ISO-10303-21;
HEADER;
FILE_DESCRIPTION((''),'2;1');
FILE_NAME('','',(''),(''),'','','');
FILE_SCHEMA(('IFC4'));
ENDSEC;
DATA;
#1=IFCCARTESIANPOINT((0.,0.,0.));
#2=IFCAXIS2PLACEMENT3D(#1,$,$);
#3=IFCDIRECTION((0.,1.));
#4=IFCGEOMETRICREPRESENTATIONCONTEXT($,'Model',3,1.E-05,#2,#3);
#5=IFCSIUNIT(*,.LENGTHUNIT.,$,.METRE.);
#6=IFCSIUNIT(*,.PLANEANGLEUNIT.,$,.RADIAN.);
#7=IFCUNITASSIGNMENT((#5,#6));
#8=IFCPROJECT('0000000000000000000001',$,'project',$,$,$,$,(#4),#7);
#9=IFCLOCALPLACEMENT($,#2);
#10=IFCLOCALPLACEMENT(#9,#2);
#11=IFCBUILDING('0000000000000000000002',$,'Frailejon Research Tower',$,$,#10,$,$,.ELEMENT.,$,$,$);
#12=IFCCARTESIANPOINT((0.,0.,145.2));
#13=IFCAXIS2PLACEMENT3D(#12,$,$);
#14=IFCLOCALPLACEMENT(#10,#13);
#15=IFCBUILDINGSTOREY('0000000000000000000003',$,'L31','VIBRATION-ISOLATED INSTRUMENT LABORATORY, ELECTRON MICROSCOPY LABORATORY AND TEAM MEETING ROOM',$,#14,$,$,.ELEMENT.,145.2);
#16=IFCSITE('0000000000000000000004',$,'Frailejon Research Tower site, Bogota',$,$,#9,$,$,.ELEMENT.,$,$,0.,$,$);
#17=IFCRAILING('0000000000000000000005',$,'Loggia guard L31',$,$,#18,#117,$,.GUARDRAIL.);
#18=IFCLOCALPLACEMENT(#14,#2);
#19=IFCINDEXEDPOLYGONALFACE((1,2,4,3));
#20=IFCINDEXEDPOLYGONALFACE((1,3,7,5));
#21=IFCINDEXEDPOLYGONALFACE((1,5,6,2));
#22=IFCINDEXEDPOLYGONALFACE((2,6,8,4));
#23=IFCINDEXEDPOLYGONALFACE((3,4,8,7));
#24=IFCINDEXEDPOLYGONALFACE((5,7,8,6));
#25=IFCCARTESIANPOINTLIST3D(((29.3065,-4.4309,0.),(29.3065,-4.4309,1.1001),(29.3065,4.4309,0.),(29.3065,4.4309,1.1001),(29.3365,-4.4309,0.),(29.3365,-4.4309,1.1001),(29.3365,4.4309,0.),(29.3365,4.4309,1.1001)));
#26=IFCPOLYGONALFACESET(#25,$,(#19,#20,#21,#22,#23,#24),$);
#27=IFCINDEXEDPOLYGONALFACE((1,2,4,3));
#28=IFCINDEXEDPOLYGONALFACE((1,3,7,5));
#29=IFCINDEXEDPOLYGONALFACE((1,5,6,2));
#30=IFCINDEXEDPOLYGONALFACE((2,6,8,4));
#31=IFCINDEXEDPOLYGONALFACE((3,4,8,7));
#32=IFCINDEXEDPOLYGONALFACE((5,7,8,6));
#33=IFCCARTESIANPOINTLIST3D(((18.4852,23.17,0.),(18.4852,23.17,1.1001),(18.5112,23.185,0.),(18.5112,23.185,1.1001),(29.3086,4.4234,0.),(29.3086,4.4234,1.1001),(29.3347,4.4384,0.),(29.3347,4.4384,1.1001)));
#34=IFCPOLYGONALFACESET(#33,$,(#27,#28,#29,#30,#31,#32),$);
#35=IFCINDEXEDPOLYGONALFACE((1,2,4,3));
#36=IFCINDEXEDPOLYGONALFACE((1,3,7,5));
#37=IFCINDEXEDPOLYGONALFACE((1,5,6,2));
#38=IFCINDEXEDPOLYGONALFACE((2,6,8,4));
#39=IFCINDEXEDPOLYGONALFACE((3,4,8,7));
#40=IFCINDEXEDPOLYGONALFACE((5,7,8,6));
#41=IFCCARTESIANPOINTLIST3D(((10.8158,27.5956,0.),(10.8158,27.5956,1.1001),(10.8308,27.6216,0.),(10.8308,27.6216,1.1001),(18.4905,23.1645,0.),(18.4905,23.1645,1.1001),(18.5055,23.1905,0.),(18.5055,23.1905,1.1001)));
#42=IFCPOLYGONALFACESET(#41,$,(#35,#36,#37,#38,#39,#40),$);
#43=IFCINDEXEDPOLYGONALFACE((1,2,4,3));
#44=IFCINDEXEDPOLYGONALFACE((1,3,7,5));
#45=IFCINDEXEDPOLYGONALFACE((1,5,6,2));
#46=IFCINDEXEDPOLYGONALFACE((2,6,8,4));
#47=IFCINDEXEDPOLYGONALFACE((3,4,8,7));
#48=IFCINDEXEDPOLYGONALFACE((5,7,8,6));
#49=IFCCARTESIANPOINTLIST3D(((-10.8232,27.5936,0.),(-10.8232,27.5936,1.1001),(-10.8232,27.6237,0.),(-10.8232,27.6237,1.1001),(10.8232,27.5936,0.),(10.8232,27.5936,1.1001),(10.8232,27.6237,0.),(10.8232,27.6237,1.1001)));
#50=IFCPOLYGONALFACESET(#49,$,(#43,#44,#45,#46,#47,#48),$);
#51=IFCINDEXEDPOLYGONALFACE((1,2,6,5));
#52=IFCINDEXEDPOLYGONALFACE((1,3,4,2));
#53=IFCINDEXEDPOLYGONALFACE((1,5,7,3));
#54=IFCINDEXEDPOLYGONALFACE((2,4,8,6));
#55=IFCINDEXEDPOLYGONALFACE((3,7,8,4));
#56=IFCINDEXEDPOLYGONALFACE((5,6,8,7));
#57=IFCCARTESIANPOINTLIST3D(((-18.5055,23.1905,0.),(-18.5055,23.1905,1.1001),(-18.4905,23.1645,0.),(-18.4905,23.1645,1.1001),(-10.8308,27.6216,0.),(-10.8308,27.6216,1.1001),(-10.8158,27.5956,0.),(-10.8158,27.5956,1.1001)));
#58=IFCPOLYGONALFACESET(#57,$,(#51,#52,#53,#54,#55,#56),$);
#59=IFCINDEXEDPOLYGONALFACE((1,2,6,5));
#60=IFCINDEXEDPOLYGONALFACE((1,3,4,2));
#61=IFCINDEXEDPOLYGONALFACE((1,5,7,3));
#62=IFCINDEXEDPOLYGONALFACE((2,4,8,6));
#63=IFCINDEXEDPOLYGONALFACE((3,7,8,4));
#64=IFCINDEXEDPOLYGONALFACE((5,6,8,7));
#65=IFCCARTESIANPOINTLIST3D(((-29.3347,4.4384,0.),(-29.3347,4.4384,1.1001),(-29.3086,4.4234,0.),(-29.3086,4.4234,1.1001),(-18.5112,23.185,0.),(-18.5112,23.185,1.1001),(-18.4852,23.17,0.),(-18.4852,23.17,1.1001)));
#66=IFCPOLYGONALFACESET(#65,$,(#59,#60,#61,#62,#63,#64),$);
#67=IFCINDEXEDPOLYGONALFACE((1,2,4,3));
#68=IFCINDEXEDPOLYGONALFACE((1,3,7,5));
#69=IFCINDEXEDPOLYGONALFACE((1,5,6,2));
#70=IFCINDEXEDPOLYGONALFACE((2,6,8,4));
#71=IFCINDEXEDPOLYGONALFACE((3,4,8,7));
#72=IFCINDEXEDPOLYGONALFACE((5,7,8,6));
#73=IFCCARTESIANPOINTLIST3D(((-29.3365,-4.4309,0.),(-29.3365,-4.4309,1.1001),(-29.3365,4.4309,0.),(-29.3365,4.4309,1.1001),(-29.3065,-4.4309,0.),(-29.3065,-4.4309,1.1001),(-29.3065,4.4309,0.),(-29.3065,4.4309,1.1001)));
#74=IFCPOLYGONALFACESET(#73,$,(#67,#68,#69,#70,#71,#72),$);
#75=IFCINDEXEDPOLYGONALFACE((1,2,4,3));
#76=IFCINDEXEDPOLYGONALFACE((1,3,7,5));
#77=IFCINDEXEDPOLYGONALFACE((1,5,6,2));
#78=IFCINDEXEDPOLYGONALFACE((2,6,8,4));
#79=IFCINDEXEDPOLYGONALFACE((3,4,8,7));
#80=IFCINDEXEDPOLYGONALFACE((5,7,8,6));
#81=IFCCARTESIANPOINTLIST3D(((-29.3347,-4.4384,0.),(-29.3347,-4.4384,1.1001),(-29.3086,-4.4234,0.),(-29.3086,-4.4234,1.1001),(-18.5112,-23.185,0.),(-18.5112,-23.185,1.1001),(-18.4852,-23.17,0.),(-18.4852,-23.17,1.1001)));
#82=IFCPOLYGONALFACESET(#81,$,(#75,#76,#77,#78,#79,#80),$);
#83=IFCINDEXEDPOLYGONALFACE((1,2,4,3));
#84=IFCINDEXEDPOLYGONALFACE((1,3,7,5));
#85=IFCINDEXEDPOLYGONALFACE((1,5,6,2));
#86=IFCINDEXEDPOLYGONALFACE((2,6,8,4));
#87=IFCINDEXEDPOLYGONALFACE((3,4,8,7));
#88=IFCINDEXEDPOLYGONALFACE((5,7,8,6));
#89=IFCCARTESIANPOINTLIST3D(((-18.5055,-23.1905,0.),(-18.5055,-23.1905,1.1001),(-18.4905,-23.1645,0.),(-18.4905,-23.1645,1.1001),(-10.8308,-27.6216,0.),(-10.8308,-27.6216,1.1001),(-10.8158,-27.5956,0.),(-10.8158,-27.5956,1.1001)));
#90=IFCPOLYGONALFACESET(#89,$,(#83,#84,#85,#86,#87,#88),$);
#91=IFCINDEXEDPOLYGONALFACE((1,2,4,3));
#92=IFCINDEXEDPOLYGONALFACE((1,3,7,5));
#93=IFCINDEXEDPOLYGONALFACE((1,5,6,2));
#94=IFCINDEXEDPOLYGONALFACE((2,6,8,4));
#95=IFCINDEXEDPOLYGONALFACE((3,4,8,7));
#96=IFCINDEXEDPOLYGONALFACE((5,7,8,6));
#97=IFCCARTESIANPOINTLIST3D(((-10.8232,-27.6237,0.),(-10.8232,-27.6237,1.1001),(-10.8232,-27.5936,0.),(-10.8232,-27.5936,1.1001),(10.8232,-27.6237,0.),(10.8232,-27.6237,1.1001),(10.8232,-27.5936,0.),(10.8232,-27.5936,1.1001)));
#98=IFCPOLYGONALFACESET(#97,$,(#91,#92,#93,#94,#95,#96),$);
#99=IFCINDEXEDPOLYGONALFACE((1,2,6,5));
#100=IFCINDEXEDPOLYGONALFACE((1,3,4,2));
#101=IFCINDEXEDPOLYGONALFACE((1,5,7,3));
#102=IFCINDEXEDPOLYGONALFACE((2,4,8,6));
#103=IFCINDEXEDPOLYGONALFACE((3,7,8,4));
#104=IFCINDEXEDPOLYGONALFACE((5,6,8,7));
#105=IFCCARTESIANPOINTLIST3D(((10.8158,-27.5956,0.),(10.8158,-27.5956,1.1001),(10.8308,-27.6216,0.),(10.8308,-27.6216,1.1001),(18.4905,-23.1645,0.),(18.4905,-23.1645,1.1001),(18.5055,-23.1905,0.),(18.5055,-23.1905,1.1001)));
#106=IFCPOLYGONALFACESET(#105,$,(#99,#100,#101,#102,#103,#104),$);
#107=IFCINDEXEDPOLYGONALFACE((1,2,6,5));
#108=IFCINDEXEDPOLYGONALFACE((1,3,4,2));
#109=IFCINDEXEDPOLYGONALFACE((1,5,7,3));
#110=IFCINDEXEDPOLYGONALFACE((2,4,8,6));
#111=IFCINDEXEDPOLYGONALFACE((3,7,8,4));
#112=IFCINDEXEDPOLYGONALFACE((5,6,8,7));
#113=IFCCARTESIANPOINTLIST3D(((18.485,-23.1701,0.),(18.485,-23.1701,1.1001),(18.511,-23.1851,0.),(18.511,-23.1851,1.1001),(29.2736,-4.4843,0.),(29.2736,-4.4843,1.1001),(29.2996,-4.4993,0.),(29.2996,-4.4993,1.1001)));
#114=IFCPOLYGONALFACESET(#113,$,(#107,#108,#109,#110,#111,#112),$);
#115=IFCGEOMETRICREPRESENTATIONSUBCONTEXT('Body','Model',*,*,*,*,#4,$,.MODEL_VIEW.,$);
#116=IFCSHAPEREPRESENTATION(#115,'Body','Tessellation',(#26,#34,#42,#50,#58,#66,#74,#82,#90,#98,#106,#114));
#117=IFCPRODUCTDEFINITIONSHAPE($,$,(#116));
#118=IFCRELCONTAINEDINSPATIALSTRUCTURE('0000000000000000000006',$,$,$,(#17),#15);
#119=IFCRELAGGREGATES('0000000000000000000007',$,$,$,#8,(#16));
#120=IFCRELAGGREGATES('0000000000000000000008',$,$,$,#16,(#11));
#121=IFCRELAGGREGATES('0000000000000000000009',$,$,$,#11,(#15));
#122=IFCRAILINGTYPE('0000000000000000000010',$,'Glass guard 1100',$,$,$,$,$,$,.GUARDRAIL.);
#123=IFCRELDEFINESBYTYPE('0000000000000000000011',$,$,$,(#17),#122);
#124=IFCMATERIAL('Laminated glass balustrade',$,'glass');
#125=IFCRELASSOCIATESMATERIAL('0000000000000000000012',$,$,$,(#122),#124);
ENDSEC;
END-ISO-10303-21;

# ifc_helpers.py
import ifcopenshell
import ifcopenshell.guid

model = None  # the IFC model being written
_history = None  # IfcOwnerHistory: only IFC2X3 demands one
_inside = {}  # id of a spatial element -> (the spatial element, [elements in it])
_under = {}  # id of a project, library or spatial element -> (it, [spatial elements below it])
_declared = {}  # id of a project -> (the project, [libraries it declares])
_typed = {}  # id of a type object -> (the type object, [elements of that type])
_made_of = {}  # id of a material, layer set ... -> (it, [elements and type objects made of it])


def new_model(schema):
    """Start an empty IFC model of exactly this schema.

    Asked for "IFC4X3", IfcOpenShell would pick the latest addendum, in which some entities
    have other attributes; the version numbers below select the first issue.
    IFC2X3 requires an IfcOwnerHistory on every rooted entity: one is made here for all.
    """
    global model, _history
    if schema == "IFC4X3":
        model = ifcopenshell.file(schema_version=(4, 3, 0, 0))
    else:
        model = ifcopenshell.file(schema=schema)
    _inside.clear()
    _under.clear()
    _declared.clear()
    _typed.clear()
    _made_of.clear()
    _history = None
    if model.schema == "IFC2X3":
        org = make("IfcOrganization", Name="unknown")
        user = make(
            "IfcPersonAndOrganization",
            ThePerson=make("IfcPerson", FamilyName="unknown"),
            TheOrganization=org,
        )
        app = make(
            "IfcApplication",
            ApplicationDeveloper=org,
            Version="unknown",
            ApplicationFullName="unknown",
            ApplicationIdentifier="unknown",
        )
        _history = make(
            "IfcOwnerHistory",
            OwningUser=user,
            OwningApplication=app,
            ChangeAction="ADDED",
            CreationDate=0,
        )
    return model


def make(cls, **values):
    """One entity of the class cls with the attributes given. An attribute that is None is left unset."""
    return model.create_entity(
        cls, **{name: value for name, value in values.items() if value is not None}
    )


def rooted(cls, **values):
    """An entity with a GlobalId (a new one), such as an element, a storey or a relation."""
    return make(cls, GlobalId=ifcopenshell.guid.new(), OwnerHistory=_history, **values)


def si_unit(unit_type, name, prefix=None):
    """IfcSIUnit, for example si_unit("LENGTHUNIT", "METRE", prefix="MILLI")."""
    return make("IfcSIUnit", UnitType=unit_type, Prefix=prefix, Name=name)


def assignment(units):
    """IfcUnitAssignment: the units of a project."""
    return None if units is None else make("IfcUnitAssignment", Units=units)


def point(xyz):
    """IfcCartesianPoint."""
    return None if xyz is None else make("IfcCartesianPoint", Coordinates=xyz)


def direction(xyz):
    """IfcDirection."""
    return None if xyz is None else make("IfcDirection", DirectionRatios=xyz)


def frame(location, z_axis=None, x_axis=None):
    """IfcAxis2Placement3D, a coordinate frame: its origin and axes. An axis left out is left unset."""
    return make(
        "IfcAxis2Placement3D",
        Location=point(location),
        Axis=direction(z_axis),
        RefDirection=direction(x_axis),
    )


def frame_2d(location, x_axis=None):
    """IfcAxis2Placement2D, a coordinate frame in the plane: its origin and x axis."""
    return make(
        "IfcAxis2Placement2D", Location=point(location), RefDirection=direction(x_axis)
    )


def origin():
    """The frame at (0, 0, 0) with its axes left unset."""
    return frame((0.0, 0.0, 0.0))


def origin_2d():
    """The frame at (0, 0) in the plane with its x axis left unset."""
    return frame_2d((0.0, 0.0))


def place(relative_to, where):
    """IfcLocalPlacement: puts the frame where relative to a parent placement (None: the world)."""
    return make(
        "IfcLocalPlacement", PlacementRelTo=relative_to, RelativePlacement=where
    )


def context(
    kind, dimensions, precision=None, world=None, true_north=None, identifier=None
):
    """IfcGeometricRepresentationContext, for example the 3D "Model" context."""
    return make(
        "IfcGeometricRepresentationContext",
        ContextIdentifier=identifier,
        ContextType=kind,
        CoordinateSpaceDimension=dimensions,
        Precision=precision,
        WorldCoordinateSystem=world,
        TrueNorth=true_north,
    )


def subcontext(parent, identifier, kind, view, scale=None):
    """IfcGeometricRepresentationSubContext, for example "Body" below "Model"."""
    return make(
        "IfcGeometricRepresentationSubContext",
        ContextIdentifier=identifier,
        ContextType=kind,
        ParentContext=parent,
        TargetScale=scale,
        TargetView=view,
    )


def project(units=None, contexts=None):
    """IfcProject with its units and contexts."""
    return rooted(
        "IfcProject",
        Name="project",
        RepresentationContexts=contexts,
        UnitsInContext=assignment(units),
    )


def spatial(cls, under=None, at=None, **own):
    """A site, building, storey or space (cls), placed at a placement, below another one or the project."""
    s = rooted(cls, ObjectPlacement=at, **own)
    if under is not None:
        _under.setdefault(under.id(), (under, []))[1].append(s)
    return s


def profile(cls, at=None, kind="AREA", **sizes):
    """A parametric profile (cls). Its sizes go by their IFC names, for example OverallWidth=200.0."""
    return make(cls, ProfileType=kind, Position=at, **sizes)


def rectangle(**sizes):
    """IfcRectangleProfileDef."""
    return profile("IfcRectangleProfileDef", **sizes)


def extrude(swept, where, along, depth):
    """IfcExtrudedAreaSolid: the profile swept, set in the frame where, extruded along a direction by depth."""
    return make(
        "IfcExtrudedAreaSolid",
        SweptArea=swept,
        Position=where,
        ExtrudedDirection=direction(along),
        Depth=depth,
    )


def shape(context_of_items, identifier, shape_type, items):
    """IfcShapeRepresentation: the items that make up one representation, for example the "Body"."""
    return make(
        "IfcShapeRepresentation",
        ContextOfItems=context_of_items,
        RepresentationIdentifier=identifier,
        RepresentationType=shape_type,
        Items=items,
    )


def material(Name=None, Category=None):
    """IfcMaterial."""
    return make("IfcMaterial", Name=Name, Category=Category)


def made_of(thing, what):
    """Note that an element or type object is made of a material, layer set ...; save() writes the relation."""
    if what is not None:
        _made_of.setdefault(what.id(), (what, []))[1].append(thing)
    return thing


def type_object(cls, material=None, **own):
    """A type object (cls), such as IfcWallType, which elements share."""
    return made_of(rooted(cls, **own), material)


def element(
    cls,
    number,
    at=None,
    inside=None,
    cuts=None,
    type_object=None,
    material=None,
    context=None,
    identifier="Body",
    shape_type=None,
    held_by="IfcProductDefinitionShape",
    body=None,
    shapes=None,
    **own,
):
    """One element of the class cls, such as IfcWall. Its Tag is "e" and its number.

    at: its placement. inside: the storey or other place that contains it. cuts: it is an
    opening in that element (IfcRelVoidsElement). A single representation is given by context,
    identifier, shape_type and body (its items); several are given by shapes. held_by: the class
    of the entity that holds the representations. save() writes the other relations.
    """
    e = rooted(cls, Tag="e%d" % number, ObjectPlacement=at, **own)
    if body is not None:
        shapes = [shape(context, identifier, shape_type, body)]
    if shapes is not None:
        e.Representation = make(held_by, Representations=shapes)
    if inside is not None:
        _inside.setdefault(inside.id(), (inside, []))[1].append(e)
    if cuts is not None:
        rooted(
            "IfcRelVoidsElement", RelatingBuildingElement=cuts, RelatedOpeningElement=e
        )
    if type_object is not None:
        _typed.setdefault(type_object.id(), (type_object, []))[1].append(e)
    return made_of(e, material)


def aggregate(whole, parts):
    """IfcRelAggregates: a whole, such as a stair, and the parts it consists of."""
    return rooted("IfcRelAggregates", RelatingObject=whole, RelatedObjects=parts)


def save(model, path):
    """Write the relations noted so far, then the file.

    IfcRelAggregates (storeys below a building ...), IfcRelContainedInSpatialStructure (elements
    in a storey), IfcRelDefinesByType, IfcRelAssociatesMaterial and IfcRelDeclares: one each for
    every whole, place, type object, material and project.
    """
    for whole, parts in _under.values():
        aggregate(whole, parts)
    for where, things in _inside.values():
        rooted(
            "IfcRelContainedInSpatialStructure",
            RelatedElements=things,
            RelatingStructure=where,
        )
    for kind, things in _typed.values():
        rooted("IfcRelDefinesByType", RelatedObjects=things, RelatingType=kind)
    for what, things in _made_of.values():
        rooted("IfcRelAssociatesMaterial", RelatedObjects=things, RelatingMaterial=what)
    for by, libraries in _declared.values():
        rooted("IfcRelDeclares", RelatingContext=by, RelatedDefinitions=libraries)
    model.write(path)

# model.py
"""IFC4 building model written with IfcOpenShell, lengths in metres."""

from ifc_helpers import new_model, si_unit, direction, frame, origin, origin_2d, place, context, subcontext, project, spatial, rectangle, extrude, material, type_object, element, save


model = new_model("IFC4")

# Units and contexts
model_context = context("Model", 3, precision=1e-05, world=origin(), true_north=direction((0.0, 1.0)))
body_context = subcontext(model_context, "Body", "Model", "MODEL_VIEW")
ifc_project = project(units=[si_unit("LENGTHUNIT", "METRE"), si_unit("PLANEANGLEUNIT", "RADIAN")], contexts=[model_context])

# Site, building, storey
site_placement = place(None, origin())
site = spatial("IfcSite", under=ifc_project, at=site_placement, Name="Frailejon Research Tower site, Bogota", CompositionType="ELEMENT", RefElevation=0.0)
building_placement = place(site_placement, origin())
building = spatial("IfcBuilding", under=site, at=building_placement, Name="Frailejon Research Tower", CompositionType="ELEMENT")
storey_placement = place(building_placement, frame((0.0, 0.0, 145.2)))
storey = spatial("IfcBuildingStorey", under=building, at=storey_placement, Name="L31", Description="VIBRATION-ISOLATED INSTRUMENT LABORATORY, ELECTRON MICROSCOPY LABORATORY AND TEAM MEETING ROOM", CompositionType="ELEMENT", Elevation=145.2)

# Railing
ifc_material_1 = material(Name="Laminated glass balustrade", Category="glass")
railing_type = type_object("IfcRailingType", Name="Glass guard 1100", PredefinedType="GUARDRAIL", material=ifc_material_1)
railing_placement = place(storey_placement, frame((29.3215, -4.4309, 0.0)))
element("IfcRailing", 1, at=railing_placement, inside=storey, type_object=railing_type, Name="Loggia guard L31", PredefinedType="GUARDRAIL", context=body_context, shape_type="SweptSolid", body=[
    extrude(rectangle(XDim=8.8618, YDim=0.03, at=origin_2d()), frame((0.0, 4.4309, 0.0), z_axis=(0.0, 0.0, 1.0), x_axis=(0.0, 1.0, 0.0)), (0.0, 0.0, 1.0), 1.1001),
    extrude(rectangle(XDim=21.6467, YDim=0.03, at=origin_2d()), frame((-5.4116, 18.2351, 0.0), z_axis=(0.0, 0.0, 1.0), x_axis=(-0.500005, 0.866023, 0.0)), (0.0, 0.0, 1.0), 1.1001),
    extrude(rectangle(XDim=8.8621, YDim=0.03, at=origin_2d()), frame((-14.6609, 29.824, 0.0), z_axis=(0.0, 0.0, 1.0), x_axis=(-0.86602, 0.500009, 0.0)), (0.0, 0.0, 1.0), 1.1001),
    extrude(rectangle(XDim=21.6465, YDim=0.03, at=origin_2d()), frame((-29.3215, 32.0396, 0.0), z_axis=(0.0, 0.0, 1.0), x_axis=(-1.0, 0.0, 0.0)), (0.0, 0.0, 1.0), 1.1001),
    extrude(rectangle(XDim=8.8621, YDim=0.03, at=origin_2d()), frame((-43.9822, 29.824, 0.0), z_axis=(0.0, 0.0, 1.0), x_axis=(-0.86602, -0.500009, 0.0)), (0.0, 0.0, 1.0), 1.1001),
    extrude(rectangle(XDim=21.6467, YDim=0.03, at=origin_2d()), frame((-53.2314, 18.2351, 0.0), z_axis=(0.0, 0.0, 1.0), x_axis=(-0.500005, -0.866023, 0.0)), (0.0, 0.0, 1.0), 1.1001),
    extrude(rectangle(XDim=8.8618, YDim=0.03, at=origin_2d()), frame((-58.6431, 4.4309, 0.0), z_axis=(0.0, 0.0, 1.0), x_axis=(0.0, -1.0, 0.0)), (0.0, 0.0, 1.0), 1.1001),
    extrude(rectangle(XDim=21.6467, YDim=0.03, at=origin_2d()), frame((-53.2314, -9.3733, 0.0), z_axis=(0.0, 0.0, 1.0), x_axis=(0.500005, -0.866023, 0.0)), (0.0, 0.0, 1.0), 1.1001),
    extrude(rectangle(XDim=8.8621, YDim=0.03, at=origin_2d()), frame((-43.9822, -20.9622, 0.0), z_axis=(0.0, 0.0, 1.0), x_axis=(0.86602, -0.500009, 0.0)), (0.0, 0.0, 1.0), 1.1001),
    extrude(rectangle(XDim=21.6465, YDim=0.03, at=origin_2d()), frame((-29.3215, -23.1777, 0.0), z_axis=(0.0, 0.0, 1.0), x_axis=(1.0, 0.0, 0.0)), (0.0, 0.0, 1.0), 1.1001),
    extrude(rectangle(XDim=8.8621, YDim=0.03, at=origin_2d()), frame((-14.6609, -20.9622, 0.0), z_axis=(0.0, 0.0, 1.0), x_axis=(0.86602, 0.500009, 0.0)), (0.0, 0.0, 1.0), 1.1001),
    extrude(rectangle(XDim=21.5767, YDim=0.03, at=origin_2d()), frame((-5.4292, -9.4038, 0.0), z_axis=(0.0, 0.0, 1.0), x_axis=(0.500011, 0.866019, 0.0)), (0.0, 0.0, 1.0), 1.1001),
])

save(model, "model.ifc")
